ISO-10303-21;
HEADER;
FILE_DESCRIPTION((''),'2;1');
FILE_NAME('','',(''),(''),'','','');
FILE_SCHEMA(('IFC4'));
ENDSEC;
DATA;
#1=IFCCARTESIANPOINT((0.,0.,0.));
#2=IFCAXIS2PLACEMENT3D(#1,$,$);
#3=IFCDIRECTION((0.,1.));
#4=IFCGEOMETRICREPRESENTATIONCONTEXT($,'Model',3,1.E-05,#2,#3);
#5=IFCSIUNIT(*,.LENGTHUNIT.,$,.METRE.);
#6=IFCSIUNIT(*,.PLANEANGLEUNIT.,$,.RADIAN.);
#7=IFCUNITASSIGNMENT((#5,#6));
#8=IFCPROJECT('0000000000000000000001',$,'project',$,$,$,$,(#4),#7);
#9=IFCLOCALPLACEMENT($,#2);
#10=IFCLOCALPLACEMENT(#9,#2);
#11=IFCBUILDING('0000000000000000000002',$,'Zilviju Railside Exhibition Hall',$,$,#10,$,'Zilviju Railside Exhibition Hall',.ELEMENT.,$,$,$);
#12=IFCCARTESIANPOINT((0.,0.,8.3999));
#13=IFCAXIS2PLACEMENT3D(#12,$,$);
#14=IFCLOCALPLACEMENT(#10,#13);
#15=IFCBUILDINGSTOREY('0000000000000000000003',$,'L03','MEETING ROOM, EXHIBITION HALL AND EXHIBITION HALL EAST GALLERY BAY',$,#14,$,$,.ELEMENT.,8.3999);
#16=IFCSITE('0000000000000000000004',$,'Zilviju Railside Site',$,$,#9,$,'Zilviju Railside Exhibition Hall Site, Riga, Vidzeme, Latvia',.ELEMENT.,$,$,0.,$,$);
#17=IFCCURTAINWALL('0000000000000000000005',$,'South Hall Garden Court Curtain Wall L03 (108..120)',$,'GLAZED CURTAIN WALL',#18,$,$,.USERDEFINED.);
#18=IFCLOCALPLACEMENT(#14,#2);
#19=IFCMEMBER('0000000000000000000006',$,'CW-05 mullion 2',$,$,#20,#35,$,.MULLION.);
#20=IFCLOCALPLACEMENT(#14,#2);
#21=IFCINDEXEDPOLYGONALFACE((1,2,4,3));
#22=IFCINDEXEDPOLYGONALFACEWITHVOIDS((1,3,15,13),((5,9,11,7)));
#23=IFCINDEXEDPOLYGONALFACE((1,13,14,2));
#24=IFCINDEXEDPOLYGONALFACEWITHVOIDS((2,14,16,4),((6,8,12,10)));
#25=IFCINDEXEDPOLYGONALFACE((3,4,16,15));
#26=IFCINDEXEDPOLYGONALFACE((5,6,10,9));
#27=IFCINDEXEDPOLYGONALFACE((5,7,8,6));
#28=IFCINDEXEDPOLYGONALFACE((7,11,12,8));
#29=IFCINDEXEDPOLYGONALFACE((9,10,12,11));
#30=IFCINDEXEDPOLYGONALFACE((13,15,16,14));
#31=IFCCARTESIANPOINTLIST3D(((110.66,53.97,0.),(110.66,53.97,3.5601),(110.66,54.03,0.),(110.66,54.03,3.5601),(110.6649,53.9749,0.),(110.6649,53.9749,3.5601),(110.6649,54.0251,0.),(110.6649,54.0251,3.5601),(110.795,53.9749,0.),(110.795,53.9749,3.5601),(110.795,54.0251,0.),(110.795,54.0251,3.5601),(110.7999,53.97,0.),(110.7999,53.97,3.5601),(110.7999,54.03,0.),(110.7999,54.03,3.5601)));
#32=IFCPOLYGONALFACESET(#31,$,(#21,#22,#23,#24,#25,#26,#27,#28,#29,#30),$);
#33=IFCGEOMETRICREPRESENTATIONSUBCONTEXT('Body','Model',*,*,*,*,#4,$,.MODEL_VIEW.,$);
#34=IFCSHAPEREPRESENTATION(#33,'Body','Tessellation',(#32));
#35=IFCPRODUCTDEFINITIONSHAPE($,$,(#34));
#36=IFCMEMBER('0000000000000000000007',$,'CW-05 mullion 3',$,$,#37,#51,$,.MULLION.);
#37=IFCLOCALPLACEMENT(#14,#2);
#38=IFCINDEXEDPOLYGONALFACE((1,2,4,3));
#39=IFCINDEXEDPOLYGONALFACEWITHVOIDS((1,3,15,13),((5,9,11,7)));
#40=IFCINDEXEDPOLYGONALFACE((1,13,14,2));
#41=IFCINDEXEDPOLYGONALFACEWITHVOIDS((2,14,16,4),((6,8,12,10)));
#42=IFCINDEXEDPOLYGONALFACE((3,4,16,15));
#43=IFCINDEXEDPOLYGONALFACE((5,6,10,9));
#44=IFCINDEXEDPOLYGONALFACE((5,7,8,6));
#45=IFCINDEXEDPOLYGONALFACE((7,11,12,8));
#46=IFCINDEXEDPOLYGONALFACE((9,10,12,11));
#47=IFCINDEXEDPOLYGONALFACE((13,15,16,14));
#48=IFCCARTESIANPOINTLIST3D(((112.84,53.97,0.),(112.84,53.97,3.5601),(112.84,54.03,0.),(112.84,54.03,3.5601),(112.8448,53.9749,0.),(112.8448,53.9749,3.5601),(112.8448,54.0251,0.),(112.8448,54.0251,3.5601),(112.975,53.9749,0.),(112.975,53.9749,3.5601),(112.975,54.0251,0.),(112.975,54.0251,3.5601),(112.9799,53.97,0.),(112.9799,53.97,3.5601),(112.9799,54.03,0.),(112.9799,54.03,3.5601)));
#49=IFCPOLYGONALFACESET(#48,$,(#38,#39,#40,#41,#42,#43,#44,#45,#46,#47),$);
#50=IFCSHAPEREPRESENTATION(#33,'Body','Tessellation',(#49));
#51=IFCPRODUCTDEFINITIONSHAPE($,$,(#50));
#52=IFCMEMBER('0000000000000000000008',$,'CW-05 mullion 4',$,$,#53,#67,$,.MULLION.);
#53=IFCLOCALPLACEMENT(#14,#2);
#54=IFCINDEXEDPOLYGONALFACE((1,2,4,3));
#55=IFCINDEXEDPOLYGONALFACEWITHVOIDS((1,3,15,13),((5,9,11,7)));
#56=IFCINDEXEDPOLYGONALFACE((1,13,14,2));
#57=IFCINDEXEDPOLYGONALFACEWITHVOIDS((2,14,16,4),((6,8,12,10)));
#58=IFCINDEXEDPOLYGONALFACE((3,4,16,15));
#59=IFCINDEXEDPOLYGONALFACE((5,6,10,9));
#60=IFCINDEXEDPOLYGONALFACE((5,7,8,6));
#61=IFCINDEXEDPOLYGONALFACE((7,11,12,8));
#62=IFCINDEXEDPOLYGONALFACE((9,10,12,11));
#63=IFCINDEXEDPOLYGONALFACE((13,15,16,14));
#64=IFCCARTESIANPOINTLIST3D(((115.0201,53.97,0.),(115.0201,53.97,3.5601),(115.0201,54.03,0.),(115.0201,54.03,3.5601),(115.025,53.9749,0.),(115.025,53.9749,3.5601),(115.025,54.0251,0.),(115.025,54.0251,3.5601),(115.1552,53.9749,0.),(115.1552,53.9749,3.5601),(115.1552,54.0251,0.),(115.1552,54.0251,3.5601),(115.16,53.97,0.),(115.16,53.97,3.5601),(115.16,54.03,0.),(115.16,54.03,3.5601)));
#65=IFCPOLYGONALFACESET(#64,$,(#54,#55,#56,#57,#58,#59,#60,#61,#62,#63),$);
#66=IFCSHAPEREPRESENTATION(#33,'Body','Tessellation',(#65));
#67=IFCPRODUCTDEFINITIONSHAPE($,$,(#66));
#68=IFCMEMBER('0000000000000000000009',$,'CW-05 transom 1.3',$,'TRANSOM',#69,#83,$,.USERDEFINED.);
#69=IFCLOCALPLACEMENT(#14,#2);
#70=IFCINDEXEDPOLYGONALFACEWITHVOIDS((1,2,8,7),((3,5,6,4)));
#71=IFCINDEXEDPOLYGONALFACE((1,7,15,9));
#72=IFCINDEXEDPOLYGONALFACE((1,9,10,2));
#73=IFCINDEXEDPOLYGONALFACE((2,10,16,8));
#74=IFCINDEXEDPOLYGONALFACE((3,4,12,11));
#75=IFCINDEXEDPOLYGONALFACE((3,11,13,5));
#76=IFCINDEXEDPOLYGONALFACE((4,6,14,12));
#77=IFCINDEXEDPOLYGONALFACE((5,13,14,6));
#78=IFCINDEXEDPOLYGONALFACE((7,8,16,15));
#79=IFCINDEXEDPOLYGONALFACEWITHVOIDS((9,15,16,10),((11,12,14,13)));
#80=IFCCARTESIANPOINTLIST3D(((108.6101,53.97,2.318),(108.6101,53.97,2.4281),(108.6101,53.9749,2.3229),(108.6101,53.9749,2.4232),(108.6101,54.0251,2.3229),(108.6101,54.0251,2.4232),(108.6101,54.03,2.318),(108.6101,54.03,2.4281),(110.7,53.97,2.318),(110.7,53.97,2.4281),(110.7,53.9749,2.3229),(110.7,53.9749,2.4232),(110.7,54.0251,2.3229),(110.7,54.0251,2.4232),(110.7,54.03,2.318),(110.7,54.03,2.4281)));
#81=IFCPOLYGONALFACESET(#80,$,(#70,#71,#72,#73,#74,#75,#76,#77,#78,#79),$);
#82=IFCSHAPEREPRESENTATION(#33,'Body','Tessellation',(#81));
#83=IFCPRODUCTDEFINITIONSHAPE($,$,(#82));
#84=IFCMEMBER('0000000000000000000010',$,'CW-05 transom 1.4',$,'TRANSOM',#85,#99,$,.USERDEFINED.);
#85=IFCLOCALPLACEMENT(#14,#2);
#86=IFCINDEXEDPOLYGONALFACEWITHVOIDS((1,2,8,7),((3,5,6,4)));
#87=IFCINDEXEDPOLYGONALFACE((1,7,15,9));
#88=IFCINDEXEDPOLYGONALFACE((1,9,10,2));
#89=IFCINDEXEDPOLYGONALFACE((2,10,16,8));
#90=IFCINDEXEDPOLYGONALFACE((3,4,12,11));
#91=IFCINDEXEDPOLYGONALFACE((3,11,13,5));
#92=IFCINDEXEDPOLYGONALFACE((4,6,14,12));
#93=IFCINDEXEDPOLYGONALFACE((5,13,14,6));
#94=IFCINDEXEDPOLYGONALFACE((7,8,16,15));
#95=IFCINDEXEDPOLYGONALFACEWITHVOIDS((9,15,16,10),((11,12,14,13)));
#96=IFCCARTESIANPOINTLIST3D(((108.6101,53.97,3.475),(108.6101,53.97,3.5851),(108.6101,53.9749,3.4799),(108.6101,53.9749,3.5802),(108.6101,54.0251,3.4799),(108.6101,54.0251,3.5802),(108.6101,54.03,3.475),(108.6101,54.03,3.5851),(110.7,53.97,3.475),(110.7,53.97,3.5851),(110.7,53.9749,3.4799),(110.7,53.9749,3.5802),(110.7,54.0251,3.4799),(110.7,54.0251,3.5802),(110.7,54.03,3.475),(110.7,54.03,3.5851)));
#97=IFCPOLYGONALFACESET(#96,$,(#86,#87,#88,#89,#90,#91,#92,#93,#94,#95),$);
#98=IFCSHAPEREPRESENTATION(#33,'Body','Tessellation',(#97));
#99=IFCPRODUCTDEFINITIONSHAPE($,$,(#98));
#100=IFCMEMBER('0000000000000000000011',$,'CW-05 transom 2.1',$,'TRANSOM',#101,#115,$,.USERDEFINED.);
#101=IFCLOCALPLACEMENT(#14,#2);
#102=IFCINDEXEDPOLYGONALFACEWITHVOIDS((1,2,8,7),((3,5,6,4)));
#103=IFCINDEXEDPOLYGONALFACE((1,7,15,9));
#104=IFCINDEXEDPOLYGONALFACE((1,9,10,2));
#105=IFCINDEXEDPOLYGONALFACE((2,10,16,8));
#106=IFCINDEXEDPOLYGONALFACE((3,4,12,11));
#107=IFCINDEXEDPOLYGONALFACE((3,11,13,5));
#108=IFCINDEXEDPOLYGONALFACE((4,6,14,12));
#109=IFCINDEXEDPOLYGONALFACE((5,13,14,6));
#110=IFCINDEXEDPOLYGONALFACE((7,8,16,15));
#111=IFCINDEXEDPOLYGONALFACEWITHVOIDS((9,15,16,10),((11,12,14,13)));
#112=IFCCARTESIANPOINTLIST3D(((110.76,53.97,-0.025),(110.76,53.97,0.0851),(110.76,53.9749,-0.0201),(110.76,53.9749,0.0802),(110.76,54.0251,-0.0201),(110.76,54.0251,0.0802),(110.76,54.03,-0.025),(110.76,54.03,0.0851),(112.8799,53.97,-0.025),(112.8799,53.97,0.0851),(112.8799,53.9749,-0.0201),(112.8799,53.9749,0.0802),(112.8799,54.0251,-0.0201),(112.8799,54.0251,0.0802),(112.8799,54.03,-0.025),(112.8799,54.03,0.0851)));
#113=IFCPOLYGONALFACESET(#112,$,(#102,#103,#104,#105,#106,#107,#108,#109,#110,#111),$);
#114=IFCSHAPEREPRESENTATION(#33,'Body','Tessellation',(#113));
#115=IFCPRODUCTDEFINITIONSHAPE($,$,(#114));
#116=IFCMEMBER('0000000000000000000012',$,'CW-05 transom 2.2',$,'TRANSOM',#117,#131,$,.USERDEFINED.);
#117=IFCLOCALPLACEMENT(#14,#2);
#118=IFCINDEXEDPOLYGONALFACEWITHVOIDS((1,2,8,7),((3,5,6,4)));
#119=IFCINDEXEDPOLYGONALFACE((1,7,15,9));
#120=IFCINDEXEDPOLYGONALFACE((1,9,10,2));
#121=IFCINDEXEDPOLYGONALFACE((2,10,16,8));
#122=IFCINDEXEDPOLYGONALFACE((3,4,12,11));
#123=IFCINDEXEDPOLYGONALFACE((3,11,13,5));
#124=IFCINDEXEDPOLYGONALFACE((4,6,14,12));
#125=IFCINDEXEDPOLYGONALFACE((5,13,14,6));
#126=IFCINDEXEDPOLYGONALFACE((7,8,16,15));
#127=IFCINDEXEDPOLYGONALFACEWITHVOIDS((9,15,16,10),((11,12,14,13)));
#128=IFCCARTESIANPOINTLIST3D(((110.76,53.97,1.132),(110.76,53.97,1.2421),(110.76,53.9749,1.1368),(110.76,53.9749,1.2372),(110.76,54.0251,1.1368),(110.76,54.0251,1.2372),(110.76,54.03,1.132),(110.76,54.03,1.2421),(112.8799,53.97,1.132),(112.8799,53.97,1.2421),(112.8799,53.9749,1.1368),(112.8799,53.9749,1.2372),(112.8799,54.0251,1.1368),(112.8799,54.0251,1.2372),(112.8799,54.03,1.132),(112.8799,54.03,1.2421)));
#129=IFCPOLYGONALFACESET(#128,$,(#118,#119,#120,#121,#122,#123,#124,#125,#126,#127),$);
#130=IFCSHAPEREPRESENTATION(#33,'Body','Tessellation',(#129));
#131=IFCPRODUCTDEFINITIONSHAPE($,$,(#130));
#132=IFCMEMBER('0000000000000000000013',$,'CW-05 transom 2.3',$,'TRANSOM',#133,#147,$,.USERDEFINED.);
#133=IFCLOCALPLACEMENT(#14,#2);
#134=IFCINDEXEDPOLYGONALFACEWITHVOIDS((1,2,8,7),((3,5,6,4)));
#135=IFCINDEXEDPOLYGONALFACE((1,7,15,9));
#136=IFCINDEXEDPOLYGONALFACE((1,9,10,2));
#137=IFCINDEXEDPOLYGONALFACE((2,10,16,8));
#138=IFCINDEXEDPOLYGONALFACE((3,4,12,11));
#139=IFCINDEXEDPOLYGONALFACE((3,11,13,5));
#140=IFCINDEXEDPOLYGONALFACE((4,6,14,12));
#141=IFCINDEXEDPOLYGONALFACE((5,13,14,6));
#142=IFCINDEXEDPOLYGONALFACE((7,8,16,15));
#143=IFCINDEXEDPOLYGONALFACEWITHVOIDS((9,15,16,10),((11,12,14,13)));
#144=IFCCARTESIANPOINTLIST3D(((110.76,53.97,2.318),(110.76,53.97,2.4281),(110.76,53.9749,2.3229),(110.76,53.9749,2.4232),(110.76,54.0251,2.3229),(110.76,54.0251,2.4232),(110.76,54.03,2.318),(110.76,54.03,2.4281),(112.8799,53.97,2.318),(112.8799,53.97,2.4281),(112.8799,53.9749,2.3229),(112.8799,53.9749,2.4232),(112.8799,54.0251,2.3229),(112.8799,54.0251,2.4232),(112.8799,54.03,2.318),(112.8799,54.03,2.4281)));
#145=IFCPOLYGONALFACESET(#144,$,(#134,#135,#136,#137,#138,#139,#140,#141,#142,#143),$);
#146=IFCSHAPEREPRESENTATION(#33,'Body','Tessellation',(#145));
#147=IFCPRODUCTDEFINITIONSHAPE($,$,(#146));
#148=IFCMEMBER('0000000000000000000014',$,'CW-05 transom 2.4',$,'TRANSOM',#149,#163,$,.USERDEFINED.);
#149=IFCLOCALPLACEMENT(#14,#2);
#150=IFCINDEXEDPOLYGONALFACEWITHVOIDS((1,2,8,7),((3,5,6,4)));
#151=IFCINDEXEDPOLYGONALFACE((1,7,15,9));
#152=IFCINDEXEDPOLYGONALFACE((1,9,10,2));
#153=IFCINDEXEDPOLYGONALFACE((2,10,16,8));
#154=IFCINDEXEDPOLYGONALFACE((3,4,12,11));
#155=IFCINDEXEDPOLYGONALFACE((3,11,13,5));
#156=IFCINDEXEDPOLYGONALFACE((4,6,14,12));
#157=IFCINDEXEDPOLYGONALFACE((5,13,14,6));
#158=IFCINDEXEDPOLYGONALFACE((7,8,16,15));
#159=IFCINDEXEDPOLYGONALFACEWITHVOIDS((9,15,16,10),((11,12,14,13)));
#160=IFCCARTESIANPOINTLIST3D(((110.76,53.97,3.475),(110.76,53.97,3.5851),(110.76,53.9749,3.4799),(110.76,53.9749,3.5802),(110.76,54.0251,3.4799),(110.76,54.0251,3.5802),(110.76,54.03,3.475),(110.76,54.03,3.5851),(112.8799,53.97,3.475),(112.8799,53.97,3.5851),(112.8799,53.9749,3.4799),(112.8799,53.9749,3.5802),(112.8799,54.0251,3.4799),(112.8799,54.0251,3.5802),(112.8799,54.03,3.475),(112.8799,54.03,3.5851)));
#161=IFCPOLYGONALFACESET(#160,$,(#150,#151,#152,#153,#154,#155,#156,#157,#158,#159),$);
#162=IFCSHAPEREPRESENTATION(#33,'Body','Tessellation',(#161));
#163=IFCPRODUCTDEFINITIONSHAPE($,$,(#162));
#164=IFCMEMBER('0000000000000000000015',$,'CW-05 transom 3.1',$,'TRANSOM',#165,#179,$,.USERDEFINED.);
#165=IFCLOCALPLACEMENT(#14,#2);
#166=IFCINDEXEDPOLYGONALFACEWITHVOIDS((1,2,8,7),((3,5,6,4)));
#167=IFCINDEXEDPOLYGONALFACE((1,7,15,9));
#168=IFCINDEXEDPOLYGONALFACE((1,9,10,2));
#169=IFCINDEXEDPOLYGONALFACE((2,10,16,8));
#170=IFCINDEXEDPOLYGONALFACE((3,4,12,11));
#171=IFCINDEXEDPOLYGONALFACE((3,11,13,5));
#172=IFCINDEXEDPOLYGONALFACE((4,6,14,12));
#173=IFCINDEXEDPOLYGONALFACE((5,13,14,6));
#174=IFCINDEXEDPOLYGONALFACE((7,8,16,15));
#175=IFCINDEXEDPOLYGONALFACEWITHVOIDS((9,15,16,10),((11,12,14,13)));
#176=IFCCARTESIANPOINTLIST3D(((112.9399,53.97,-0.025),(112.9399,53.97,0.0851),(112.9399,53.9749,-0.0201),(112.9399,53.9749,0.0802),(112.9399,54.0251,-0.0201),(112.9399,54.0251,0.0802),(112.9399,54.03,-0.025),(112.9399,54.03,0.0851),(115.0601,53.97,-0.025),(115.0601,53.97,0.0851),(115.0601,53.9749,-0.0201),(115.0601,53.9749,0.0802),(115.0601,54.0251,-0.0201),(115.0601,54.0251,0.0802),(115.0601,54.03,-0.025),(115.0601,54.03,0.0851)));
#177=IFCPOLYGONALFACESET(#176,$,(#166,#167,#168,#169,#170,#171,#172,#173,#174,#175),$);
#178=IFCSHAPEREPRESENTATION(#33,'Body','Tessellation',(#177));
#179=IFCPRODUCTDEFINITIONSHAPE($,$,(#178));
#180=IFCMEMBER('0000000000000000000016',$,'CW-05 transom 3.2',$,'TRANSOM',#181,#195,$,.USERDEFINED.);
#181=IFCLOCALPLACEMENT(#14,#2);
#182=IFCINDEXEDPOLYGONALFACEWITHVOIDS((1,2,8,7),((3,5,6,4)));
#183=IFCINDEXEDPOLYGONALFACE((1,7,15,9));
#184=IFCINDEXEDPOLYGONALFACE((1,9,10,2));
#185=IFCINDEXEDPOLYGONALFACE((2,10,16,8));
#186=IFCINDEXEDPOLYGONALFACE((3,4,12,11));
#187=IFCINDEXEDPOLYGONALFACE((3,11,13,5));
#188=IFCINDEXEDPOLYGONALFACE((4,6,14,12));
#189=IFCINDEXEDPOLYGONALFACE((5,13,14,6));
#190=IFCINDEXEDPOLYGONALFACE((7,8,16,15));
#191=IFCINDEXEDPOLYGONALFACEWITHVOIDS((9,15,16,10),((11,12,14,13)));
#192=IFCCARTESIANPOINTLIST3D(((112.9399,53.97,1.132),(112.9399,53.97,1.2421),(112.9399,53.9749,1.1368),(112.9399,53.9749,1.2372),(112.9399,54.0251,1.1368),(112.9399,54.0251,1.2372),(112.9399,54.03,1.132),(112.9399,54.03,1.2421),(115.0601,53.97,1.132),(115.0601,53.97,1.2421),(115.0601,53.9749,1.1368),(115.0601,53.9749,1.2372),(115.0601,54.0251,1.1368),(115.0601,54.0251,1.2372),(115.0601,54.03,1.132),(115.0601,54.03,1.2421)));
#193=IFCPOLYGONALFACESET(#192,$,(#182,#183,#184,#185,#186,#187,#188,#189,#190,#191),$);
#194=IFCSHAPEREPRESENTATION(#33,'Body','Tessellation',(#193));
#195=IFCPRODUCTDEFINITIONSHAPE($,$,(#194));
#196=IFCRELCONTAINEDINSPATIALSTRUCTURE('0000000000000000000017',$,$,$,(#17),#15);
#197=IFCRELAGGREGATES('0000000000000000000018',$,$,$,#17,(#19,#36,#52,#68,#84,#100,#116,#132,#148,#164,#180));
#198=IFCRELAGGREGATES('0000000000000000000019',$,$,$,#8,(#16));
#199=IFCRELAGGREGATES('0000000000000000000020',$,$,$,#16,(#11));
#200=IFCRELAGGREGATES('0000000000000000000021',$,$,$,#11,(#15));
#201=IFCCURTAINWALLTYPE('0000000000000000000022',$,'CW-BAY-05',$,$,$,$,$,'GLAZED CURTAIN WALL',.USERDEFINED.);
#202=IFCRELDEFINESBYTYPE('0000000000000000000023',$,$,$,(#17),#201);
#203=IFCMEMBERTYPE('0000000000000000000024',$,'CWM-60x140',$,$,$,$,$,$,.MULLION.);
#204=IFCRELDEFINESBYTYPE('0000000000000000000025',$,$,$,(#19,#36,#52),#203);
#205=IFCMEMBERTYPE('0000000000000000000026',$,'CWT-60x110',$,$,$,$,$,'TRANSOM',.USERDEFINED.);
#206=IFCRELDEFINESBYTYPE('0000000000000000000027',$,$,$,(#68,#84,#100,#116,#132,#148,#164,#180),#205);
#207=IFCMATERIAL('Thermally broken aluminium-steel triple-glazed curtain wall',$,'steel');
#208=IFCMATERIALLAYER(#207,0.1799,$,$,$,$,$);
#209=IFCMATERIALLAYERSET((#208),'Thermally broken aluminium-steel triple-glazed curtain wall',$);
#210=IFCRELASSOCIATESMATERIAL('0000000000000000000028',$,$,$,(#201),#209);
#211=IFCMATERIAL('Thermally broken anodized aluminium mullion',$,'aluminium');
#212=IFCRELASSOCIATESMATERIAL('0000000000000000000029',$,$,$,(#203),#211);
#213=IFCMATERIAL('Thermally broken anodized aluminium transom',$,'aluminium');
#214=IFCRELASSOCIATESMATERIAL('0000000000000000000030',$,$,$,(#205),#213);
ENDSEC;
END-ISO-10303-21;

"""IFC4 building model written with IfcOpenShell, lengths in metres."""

from ifc_helpers import new_model, si_unit, direction, frame, origin, origin_2d, place, context, subcontext, project, spatial, hollow_rectangle, extrude, material, layer, layer_set, material_profile, profile_set, type_object, element, aggregate, save


model = new_model("IFC4")

# Units and contexts
model_context = context("Model", 3, precision=1e-05, world=origin(), true_north=direction((0.0, 1.0)))
body_context = subcontext(model_context, "Body", "Model", "MODEL_VIEW")
ifc_project = project(units=[si_unit("LENGTHUNIT", "METRE"), si_unit("PLANEANGLEUNIT", "RADIAN")], contexts=[model_context])

# Site, building, storey
site_placement = place(None, origin())
site = spatial("IfcSite", under=ifc_project, at=site_placement, Name="Zilviju Railside Site", LongName="Zilviju Railside Exhibition Hall Site, Riga, Vidzeme, Latvia", CompositionType="ELEMENT", RefElevation=0.0)
building_placement = place(site_placement, origin())
building = spatial("IfcBuilding", under=site, at=building_placement, Name="Zilviju Railside Exhibition Hall", LongName="Zilviju Railside Exhibition Hall", CompositionType="ELEMENT")
storey_placement = place(building_placement, frame((0.0, 0.0, 8.3999)))
storey = spatial("IfcBuildingStorey", under=building, at=storey_placement, Name="L03", Description="MEETING ROOM, EXHIBITION HALL AND EXHIBITION HALL EAST GALLERY BAY", CompositionType="ELEMENT", Elevation=8.3999)

# Curtain wall, members
ifc_material_1 = material(Name="Thermally broken aluminium-steel triple-glazed curtain wall", Category="steel")
ifc_layer_1 = layer(ifc_material_1, 0.1799)
ifc_layer_set_1 = layer_set([ifc_layer_1], Name="Thermally broken aluminium-steel triple-glazed curtain wall")
curtain_wall_type = type_object("IfcCurtainWallType", Name="CW-BAY-05", ElementType="GLAZED CURTAIN WALL", PredefinedType="USERDEFINED", material=ifc_layer_set_1)
curtain_wall_placement = place(storey_placement, origin())
curtain_wall = element("IfcCurtainWall", 1, at=curtain_wall_placement, inside=storey, type_object=curtain_wall_type, Name="South Hall Garden Court Curtain Wall L03 (108..120)", ObjectType="GLAZED CURTAIN WALL", PredefinedType="USERDEFINED")
ifc_material_2 = material(Name="Thermally broken anodized aluminium mullion", Category="aluminium")
ifc_material_profile_1 = material_profile(ifc_material_2, hollow_rectangle(XDim=0.0601, YDim=0.1399, WallThickness=0.0049, at=origin_2d()), Name="MULLION 140x60x5")
ifc_profile_set_1 = profile_set([ifc_material_profile_1], Name="Thermally broken anodized aluminium mullion")
member_type_1 = type_object("IfcMemberType", Name="CWM-60x140", PredefinedType="MULLION", material=ifc_profile_set_1)
member_1_placement = place(storey_placement, frame((110.73, 54.0, 0.0), z_axis=(0.0, 0.0, 1.0), x_axis=(0.0, 1.0, 0.0)))
member_1 = element("IfcMember", 2, at=member_1_placement, type_object=member_type_1, Name="CW-05 mullion 2", PredefinedType="MULLION", context=body_context, shape_type="SweptSolid", body=[
    extrude(hollow_rectangle(XDim=0.0601, YDim=0.1399, WallThickness=0.0049, at=origin_2d()), origin(), (0.0, 0.0, 1.0), 3.5601),
])
member_2_placement = place(storey_placement, frame((112.9099, 54.0, 0.0), z_axis=(0.0, 0.0, 1.0), x_axis=(0.0, 1.0, 0.0)))
member_2 = element("IfcMember", 3, at=member_2_placement, type_object=member_type_1, Name="CW-05 mullion 3", PredefinedType="MULLION", context=body_context, shape_type="SweptSolid", body=[
    extrude(hollow_rectangle(XDim=0.0601, YDim=0.1399, WallThickness=0.0049, at=origin_2d()), origin(), (0.0, 0.0, 1.0), 3.5601),
])
member_3_placement = place(storey_placement, frame((115.0901, 54.0, 0.0), z_axis=(0.0, 0.0, 1.0), x_axis=(0.0, 1.0, 0.0)))
member_3 = element("IfcMember", 4, at=member_3_placement, type_object=member_type_1, Name="CW-05 mullion 4", PredefinedType="MULLION", context=body_context, shape_type="SweptSolid", body=[
    extrude(hollow_rectangle(XDim=0.0601, YDim=0.1399, WallThickness=0.0049, at=origin_2d()), origin(), (0.0, 0.0, 1.0), 3.5601),
])
ifc_material_3 = material(Name="Thermally broken anodized aluminium transom", Category="aluminium")
ifc_material_profile_2 = material_profile(ifc_material_3, hollow_rectangle(XDim=0.0601, YDim=0.1101, WallThickness=0.0049, at=origin_2d()), Name="TRANSOM 110x60x5")
ifc_profile_set_2 = profile_set([ifc_material_profile_2], Name="Thermally broken anodized aluminium transom")
member_type_2 = type_object("IfcMemberType", Name="CWT-60x110", ElementType="TRANSOM", PredefinedType="USERDEFINED", material=ifc_profile_set_2)
member_4_placement = place(storey_placement, frame((108.6101, 54.0, 2.373), z_axis=(1.0, 0.0, 0.0), x_axis=(0.0, 1.0, 0.0)))
member_4 = element("IfcMember", 5, at=member_4_placement, type_object=member_type_2, Name="CW-05 transom 1.3", ObjectType="TRANSOM", PredefinedType="USERDEFINED", context=body_context, shape_type="SweptSolid", body=[
    extrude(hollow_rectangle(XDim=0.0601, YDim=0.1101, WallThickness=0.0049, at=origin_2d()), origin(), (0.0, 0.0, 1.0), 2.0898),
])
member_5_placement = place(storey_placement, frame((108.6101, 54.0, 3.53), z_axis=(1.0, 0.0, 0.0), x_axis=(0.0, 1.0, 0.0)))
member_5 = element("IfcMember", 6, at=member_5_placement, type_object=member_type_2, Name="CW-05 transom 1.4", ObjectType="TRANSOM", PredefinedType="USERDEFINED", context=body_context, shape_type="SweptSolid", body=[
    extrude(hollow_rectangle(XDim=0.0601, YDim=0.1101, WallThickness=0.0049, at=origin_2d()), origin(), (0.0, 0.0, 1.0), 2.0898),
])
member_6_placement = place(storey_placement, frame((110.76, 54.0, 0.03), z_axis=(1.0, 0.0, 0.0), x_axis=(0.0, 1.0, 0.0)))
member_6 = element("IfcMember", 7, at=member_6_placement, type_object=member_type_2, Name="CW-05 transom 2.1", ObjectType="TRANSOM", PredefinedType="USERDEFINED", context=body_context, shape_type="SweptSolid", body=[
    extrude(hollow_rectangle(XDim=0.0601, YDim=0.1101, WallThickness=0.0049, at=origin_2d()), origin(), (0.0, 0.0, 1.0), 2.1199),
])
member_7_placement = place(storey_placement, frame((110.76, 54.0, 1.187), z_axis=(1.0, 0.0, 0.0), x_axis=(0.0, 1.0, 0.0)))
member_7 = element("IfcMember", 8, at=member_7_placement, type_object=member_type_2, Name="CW-05 transom 2.2", ObjectType="TRANSOM", PredefinedType="USERDEFINED", context=body_context, shape_type="SweptSolid", body=[
    extrude(hollow_rectangle(XDim=0.0601, YDim=0.1101, WallThickness=0.0049, at=origin_2d()), origin(), (0.0, 0.0, 1.0), 2.1199),
])
member_8_placement = place(storey_placement, frame((110.76, 54.0, 2.373), z_axis=(1.0, 0.0, 0.0), x_axis=(0.0, 1.0, 0.0)))
member_8 = element("IfcMember", 9, at=member_8_placement, type_object=member_type_2, Name="CW-05 transom 2.3", ObjectType="TRANSOM", PredefinedType="USERDEFINED", context=body_context, shape_type="SweptSolid", body=[
    extrude(hollow_rectangle(XDim=0.0601, YDim=0.1101, WallThickness=0.0049, at=origin_2d()), origin(), (0.0, 0.0, 1.0), 2.1199),
])
member_9_placement = place(storey_placement, frame((110.76, 54.0, 3.53), z_axis=(1.0, 0.0, 0.0), x_axis=(0.0, 1.0, 0.0)))
member_9 = element("IfcMember", 10, at=member_9_placement, type_object=member_type_2, Name="CW-05 transom 2.4", ObjectType="TRANSOM", PredefinedType="USERDEFINED", context=body_context, shape_type="SweptSolid", body=[
    extrude(hollow_rectangle(XDim=0.0601, YDim=0.1101, WallThickness=0.0049, at=origin_2d()), origin(), (0.0, 0.0, 1.0), 2.1199),
])
member_10_placement = place(storey_placement, frame((112.9399, 54.0, 0.03), z_axis=(1.0, 0.0, 0.0), x_axis=(0.0, 1.0, 0.0)))
member_10 = element("IfcMember", 11, at=member_10_placement, type_object=member_type_2, Name="CW-05 transom 3.1", ObjectType="TRANSOM", PredefinedType="USERDEFINED", context=body_context, shape_type="SweptSolid", body=[
    extrude(hollow_rectangle(XDim=0.0601, YDim=0.1101, WallThickness=0.0049, at=origin_2d()), origin(), (0.0, 0.0, 1.0), 2.1201),
])
member_11_placement = place(storey_placement, frame((112.9399, 54.0, 1.187), z_axis=(1.0, 0.0, 0.0), x_axis=(0.0, 1.0, 0.0)))
member_11 = element("IfcMember", 12, at=member_11_placement, type_object=member_type_2, Name="CW-05 transom 3.2", ObjectType="TRANSOM", PredefinedType="USERDEFINED", context=body_context, shape_type="SweptSolid", body=[
    extrude(hollow_rectangle(XDim=0.0601, YDim=0.1101, WallThickness=0.0049, at=origin_2d()), origin(), (0.0, 0.0, 1.0), 2.1201),
])
aggregate(curtain_wall, [member_1, member_2, member_3, member_4, member_5, member_6, member_7, member_8, member_9, member_10, member_11])

save(model, "model.ifc")
